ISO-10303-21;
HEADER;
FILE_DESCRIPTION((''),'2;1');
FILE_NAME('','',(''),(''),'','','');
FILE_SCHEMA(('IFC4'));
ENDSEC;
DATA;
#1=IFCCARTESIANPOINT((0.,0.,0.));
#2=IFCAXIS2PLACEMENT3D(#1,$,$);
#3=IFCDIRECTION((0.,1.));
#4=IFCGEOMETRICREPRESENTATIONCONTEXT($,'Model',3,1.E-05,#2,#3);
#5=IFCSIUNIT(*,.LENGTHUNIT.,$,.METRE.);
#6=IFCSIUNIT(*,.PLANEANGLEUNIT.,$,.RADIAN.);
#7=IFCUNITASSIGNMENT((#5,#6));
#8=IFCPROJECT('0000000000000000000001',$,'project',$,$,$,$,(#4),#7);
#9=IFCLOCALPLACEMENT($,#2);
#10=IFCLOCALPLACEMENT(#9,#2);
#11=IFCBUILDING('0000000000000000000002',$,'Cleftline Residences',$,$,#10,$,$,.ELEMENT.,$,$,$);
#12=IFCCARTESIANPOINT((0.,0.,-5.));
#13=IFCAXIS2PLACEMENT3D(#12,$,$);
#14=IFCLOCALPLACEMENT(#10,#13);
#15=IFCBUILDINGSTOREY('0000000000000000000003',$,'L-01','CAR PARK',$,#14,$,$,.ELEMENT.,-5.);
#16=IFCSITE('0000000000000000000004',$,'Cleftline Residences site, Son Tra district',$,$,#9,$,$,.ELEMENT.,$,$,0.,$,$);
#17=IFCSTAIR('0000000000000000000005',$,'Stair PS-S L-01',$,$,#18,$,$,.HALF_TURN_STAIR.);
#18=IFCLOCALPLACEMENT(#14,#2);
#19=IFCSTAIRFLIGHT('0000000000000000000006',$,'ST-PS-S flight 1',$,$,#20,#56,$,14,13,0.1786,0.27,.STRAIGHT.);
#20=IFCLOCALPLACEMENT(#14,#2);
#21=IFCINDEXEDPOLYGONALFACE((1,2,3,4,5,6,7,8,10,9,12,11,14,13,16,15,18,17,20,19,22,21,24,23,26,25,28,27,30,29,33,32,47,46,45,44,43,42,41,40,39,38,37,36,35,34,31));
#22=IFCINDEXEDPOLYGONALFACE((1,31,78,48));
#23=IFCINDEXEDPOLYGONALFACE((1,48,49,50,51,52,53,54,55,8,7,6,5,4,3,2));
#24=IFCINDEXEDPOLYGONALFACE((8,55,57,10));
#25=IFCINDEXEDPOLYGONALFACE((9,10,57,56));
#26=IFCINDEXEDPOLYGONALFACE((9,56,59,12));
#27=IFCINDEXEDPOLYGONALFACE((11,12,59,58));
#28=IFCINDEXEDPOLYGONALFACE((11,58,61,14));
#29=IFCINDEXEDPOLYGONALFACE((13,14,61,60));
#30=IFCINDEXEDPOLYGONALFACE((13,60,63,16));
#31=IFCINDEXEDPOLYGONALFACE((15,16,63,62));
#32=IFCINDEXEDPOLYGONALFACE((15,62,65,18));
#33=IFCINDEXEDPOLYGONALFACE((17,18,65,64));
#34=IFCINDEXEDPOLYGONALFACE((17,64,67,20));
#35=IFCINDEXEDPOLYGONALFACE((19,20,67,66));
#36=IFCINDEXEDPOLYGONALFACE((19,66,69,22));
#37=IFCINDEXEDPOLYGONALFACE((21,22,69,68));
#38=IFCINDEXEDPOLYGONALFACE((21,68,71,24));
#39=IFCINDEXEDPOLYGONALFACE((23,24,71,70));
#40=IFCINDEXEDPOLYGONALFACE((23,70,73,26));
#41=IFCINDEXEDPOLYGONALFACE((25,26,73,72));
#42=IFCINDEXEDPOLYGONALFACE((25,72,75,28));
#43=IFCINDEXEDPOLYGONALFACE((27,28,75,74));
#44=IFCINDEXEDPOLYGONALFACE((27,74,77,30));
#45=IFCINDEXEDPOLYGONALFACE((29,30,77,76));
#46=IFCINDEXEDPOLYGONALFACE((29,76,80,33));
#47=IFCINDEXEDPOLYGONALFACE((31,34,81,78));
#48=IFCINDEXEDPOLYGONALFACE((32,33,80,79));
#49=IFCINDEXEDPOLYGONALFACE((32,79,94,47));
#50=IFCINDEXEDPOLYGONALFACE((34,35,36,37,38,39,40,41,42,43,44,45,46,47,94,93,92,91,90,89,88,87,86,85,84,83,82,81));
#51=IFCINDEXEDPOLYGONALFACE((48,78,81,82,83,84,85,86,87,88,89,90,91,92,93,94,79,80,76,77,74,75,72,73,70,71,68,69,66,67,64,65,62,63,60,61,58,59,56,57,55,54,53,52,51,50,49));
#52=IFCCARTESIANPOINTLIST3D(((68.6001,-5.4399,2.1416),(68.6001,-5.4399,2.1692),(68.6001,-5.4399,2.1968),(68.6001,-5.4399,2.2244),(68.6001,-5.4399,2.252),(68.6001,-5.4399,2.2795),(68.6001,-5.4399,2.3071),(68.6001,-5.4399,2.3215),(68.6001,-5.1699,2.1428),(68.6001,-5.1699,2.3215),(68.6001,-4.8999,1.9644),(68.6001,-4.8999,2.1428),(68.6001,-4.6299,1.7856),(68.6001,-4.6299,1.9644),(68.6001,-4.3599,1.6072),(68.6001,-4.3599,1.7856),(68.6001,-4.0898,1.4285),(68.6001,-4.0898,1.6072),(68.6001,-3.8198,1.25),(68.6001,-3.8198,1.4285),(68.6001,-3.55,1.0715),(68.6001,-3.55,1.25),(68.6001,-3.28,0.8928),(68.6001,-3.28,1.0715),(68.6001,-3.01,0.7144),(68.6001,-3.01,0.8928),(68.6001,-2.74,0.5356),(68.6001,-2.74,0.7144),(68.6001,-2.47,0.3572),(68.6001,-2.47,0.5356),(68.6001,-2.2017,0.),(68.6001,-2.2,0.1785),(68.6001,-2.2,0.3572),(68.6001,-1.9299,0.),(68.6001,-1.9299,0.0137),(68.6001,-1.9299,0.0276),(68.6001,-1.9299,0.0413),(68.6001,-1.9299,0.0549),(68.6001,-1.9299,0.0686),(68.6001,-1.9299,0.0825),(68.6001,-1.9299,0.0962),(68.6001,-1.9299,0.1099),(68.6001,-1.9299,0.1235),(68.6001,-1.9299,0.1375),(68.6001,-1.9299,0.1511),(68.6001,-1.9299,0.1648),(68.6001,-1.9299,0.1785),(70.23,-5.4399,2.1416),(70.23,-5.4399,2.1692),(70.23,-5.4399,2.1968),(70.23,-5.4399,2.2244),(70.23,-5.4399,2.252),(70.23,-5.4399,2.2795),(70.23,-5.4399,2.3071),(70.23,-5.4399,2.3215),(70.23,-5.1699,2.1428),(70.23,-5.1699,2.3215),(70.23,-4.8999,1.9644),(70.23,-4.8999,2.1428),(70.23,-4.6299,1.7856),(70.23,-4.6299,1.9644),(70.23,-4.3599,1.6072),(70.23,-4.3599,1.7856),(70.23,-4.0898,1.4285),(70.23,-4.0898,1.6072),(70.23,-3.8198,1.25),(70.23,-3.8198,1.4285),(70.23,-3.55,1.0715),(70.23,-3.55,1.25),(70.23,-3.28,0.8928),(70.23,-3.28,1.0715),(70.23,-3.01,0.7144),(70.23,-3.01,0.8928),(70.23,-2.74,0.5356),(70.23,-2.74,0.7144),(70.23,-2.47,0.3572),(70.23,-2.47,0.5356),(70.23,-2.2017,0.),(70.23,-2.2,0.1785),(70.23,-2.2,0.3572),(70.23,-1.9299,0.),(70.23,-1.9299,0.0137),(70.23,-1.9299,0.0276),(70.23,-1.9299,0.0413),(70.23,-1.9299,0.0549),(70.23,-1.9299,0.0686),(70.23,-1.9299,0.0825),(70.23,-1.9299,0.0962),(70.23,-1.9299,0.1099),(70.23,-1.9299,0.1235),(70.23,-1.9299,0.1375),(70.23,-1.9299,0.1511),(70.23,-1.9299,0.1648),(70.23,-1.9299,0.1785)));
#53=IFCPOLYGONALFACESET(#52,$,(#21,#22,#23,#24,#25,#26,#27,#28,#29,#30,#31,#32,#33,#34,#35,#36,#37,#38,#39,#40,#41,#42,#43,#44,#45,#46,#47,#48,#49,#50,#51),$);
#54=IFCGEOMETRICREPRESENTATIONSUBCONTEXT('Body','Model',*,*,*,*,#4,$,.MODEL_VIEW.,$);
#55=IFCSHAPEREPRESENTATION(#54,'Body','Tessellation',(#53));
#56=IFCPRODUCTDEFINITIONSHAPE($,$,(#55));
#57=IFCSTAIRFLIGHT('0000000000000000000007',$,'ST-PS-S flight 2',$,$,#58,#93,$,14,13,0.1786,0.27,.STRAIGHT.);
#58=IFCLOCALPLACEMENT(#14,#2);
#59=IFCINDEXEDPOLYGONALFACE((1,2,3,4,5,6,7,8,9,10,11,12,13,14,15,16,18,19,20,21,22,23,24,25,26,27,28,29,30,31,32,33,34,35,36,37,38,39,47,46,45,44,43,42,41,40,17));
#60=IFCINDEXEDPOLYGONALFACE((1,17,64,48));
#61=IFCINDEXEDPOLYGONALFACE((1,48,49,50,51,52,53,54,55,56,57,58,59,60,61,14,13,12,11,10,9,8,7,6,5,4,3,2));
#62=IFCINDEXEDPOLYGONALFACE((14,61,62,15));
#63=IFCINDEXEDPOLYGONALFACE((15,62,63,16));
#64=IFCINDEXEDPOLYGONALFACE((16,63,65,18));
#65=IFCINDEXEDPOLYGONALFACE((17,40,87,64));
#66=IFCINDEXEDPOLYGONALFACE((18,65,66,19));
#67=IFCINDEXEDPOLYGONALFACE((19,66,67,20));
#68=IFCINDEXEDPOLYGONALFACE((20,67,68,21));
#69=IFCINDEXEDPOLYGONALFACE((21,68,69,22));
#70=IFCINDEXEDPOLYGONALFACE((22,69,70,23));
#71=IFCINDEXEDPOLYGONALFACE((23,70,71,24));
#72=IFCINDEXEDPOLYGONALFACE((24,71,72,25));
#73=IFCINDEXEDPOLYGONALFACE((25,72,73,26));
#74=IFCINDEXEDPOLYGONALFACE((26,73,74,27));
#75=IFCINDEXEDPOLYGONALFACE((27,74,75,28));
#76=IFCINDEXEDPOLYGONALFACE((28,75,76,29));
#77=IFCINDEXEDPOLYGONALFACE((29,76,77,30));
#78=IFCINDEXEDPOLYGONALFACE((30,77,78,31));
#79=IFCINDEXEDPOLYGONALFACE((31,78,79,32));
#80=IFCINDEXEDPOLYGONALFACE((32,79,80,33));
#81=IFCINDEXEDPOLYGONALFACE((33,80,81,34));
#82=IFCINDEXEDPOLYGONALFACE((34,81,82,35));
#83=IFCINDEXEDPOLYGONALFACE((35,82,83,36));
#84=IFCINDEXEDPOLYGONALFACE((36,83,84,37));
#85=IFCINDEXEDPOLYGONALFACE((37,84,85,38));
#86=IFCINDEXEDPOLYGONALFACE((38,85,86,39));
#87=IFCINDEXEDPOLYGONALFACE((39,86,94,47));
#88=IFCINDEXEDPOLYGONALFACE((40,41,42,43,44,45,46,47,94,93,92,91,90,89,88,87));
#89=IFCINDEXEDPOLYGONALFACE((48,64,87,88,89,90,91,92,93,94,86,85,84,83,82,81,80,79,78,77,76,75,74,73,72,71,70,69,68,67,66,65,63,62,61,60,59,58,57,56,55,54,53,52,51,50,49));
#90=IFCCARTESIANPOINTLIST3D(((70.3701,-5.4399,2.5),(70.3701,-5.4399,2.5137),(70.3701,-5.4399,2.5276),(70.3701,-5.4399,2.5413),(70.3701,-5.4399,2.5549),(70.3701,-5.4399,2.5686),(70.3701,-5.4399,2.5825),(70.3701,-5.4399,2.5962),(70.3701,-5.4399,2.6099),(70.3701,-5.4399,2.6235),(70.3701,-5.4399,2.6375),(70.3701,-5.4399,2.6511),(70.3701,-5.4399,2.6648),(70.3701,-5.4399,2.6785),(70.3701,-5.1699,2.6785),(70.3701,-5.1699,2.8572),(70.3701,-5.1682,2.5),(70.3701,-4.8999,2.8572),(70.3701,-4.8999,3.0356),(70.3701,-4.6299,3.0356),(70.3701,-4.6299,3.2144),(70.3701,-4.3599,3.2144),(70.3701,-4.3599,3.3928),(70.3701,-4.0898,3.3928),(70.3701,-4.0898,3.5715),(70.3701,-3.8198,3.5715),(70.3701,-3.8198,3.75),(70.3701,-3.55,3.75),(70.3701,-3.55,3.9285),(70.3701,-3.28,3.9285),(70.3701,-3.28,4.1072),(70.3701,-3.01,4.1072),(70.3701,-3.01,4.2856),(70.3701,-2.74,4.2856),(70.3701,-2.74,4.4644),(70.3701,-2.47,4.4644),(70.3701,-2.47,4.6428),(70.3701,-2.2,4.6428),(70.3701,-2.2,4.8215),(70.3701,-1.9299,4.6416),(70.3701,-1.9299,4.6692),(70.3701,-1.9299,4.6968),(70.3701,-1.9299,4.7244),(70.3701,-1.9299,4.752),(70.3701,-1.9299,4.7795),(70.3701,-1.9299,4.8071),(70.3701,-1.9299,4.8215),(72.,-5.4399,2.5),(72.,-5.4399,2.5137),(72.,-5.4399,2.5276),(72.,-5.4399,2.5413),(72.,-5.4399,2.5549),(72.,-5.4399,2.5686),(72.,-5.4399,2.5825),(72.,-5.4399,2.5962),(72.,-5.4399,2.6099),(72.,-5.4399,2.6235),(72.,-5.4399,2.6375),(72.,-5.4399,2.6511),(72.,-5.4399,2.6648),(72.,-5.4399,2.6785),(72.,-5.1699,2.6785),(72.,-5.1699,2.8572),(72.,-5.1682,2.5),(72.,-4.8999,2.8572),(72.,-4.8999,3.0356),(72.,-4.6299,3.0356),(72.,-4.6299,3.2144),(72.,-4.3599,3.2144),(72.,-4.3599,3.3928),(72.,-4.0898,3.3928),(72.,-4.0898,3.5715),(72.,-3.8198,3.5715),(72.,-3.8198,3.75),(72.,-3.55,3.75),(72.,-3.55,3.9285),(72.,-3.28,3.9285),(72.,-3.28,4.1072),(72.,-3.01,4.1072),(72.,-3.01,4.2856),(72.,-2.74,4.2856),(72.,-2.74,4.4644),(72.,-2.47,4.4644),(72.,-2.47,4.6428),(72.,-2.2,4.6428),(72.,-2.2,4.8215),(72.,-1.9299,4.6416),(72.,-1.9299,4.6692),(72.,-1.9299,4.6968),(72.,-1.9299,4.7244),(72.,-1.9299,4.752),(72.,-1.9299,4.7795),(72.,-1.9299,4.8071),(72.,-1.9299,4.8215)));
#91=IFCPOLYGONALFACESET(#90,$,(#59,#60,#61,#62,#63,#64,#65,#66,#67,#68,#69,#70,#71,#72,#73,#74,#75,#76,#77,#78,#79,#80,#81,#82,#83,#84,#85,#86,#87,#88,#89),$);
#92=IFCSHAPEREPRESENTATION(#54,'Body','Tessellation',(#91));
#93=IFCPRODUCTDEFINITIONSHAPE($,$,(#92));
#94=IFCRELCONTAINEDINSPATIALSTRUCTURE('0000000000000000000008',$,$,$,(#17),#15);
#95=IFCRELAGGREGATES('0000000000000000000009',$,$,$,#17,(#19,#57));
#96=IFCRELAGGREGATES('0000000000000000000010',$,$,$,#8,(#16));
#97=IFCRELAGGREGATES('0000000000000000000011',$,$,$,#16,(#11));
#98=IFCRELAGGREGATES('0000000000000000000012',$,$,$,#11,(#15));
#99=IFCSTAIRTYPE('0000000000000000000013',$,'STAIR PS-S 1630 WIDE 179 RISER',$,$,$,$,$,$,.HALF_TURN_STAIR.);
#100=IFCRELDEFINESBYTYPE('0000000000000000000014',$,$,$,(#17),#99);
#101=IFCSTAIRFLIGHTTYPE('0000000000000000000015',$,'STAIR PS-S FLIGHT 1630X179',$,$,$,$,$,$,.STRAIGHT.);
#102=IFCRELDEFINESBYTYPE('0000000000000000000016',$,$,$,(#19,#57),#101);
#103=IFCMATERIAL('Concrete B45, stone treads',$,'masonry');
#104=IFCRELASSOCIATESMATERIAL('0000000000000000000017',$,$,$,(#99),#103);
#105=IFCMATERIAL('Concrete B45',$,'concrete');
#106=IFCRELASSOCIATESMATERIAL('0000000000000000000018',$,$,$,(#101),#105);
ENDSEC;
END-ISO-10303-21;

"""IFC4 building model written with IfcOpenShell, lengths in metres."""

from ifc_helpers import new_model, si_unit, direction, frame, origin, place, context, subcontext, project, spatial, polyline, outline, extrude, material, type_object, element, aggregate, save


model = new_model("IFC4")

# Units and contexts
model_context = context("Model", 3, precision=1e-05, world=origin(), true_north=direction((0.0, 1.0)))
body_context = subcontext(model_context, "Body", "Model", "MODEL_VIEW")
ifc_project = project(units=[si_unit("LENGTHUNIT", "METRE"), si_unit("PLANEANGLEUNIT", "RADIAN")], contexts=[model_context])

# Site, building, storey
site_placement = place(None, origin())
site = spatial("IfcSite", under=ifc_project, at=site_placement, Name="Cleftline Residences site, Son Tra district", CompositionType="ELEMENT", RefElevation=0.0)
building_placement = place(site_placement, origin())
building = spatial("IfcBuilding", under=site, at=building_placement, Name="Cleftline Residences", CompositionType="ELEMENT")
storey_placement = place(building_placement, frame((0.0, 0.0, -5.0)))
storey = spatial("IfcBuildingStorey", under=building, at=storey_placement, Name="L-01", Description="CAR PARK", CompositionType="ELEMENT", Elevation=-5.0)

# Stair, stair flights
ifc_material_1 = material(Name="Concrete B45, stone treads", Category="masonry")
stair_type = type_object("IfcStairType", Name="STAIR PS-S 1630 WIDE 179 RISER", PredefinedType="HALF_TURN_STAIR", material=ifc_material_1)
stair_placement = place(storey_placement, origin())
stair = element("IfcStair", 1, at=stair_placement, inside=storey, type_object=stair_type, Name="Stair PS-S L-01", PredefinedType="HALF_TURN_STAIR")
ifc_material_2 = material(Name="Concrete B45", Category="concrete")
stair_flight_type = type_object("IfcStairFlightType", Name="STAIR PS-S FLIGHT 1630X179", PredefinedType="STRAIGHT", material=ifc_material_2)
stair_flight_1_placement = place(storey_placement, frame((69.415, -1.9299, 0.0), z_axis=(0.0, 0.0, 1.0), x_axis=(0.0, -1.0, 0.0)))
stair_flight_1 = element("IfcStairFlight", 2, at=stair_flight_1_placement, type_object=stair_flight_type, Name="ST-PS-S flight 1", NumberOfRisers=14, NumberOfTreads=13, PredefinedType="STRAIGHT", RiserHeight=0.1786, TreadLength=0.27, context=body_context, shape_type="SweptSolid", body=[
    extrude(outline(polyline([(0.0, 0.0), (0.0, 0.0137), (0.0, 0.0276), (0.0, 0.0413), (0.0, 0.0549), (0.0, 0.0686), (0.0, 0.0825), (0.0, 0.0962), (0.0, 0.1099), (0.0, 0.1235), (0.0, 0.1375), (0.0, 0.1511), (0.0, 0.1648), (0.0, 0.1785), (0.27, 0.1785), (0.27, 0.3572), (0.54, 0.3572), (0.54, 0.5356), (0.8101, 0.5356), (0.8101, 0.7144), (1.0801, 0.7144), (1.0801, 0.8928), (1.3501, 0.8928), (1.3501, 1.0715), (1.6201, 1.0715), (1.6201, 1.25), (1.8899, 1.25), (1.8899, 1.4285), (2.1599, 1.4285), (2.1599, 1.6072), (2.4299, 1.6072), (2.4299, 1.7856), (2.7, 1.7856), (2.7, 1.9644), (2.97, 1.9644), (2.97, 2.1428), (3.24, 2.1428), (3.24, 2.3215), (3.51, 2.3215), (3.51, 2.5), (3.51, 2.4724), (3.51, 2.4448), (3.51, 2.4172), (3.51, 2.3896), (3.51, 2.3623), (3.51, 2.3347), (3.51, 2.3071), (3.51, 2.2795), (3.51, 2.252), (3.51, 2.2244), (3.51, 2.1968), (3.51, 2.1692), (3.51, 2.1416), (0.2717, 0.0), (0.0, 0.0)])), frame((0.0, 0.8149, 0.0), z_axis=(0.0, -1.0, 0.0), x_axis=(1.0, 0.0, 0.0)), (0.0, 0.0, 1.0), 1.6299),
])
stair_flight_2_placement = place(storey_placement, frame((71.1851, -5.4399, 2.5), z_axis=(0.0, 0.0, 1.0), x_axis=(0.0, 1.0, 0.0)))
stair_flight_2 = element("IfcStairFlight", 3, at=stair_flight_2_placement, type_object=stair_flight_type, Name="ST-PS-S flight 2", NumberOfRisers=14, NumberOfTreads=13, PredefinedType="STRAIGHT", RiserHeight=0.1786, TreadLength=0.27, context=body_context, shape_type="SweptSolid", body=[
    extrude(outline(polyline([(0.0, 0.0), (0.0, 0.0137), (0.0, 0.0276), (0.0, 0.0413), (0.0, 0.0549), (0.0, 0.0686), (0.0, 0.0825), (0.0, 0.0962), (0.0, 0.1099), (0.0, 0.1235), (0.0, 0.1375), (0.0, 0.1511), (0.0, 0.1648), (0.0, 0.1785), (0.27, 0.1785), (0.27, 0.3572), (0.54, 0.3572), (0.54, 0.5356), (0.8101, 0.5356), (0.8101, 0.7144), (1.0801, 0.7144), (1.0801, 0.8928), (1.3501, 0.8928), (1.3501, 1.0715), (1.6201, 1.0715), (1.6201, 1.25), (1.8899, 1.25), (1.8899, 1.4285), (2.1599, 1.4285), (2.1599, 1.6072), (2.4299, 1.6072), (2.4299, 1.7856), (2.7, 1.7856), (2.7, 1.9644), (2.97, 1.9644), (2.97, 2.1428), (3.24, 2.1428), (3.24, 2.3215), (3.51, 2.3215), (3.51, 2.5), (3.51, 2.4724), (3.51, 2.4448), (3.51, 2.4172), (3.51, 2.3896), (3.51, 2.3623), (3.51, 2.3347), (3.51, 2.3071), (3.51, 2.2795), (3.51, 2.252), (3.51, 2.2244), (3.51, 2.1968), (3.51, 2.1692), (3.51, 2.1416), (0.2717, 0.0), (0.0, 0.0)])), frame((0.0, 0.8149, 0.0), z_axis=(0.0, -1.0, 0.0), x_axis=(1.0, 0.0, 0.0)), (0.0, 0.0, 1.0), 1.6299),
])
aggregate(stair, [stair_flight_1, stair_flight_2])

save(model, "model.ifc")
